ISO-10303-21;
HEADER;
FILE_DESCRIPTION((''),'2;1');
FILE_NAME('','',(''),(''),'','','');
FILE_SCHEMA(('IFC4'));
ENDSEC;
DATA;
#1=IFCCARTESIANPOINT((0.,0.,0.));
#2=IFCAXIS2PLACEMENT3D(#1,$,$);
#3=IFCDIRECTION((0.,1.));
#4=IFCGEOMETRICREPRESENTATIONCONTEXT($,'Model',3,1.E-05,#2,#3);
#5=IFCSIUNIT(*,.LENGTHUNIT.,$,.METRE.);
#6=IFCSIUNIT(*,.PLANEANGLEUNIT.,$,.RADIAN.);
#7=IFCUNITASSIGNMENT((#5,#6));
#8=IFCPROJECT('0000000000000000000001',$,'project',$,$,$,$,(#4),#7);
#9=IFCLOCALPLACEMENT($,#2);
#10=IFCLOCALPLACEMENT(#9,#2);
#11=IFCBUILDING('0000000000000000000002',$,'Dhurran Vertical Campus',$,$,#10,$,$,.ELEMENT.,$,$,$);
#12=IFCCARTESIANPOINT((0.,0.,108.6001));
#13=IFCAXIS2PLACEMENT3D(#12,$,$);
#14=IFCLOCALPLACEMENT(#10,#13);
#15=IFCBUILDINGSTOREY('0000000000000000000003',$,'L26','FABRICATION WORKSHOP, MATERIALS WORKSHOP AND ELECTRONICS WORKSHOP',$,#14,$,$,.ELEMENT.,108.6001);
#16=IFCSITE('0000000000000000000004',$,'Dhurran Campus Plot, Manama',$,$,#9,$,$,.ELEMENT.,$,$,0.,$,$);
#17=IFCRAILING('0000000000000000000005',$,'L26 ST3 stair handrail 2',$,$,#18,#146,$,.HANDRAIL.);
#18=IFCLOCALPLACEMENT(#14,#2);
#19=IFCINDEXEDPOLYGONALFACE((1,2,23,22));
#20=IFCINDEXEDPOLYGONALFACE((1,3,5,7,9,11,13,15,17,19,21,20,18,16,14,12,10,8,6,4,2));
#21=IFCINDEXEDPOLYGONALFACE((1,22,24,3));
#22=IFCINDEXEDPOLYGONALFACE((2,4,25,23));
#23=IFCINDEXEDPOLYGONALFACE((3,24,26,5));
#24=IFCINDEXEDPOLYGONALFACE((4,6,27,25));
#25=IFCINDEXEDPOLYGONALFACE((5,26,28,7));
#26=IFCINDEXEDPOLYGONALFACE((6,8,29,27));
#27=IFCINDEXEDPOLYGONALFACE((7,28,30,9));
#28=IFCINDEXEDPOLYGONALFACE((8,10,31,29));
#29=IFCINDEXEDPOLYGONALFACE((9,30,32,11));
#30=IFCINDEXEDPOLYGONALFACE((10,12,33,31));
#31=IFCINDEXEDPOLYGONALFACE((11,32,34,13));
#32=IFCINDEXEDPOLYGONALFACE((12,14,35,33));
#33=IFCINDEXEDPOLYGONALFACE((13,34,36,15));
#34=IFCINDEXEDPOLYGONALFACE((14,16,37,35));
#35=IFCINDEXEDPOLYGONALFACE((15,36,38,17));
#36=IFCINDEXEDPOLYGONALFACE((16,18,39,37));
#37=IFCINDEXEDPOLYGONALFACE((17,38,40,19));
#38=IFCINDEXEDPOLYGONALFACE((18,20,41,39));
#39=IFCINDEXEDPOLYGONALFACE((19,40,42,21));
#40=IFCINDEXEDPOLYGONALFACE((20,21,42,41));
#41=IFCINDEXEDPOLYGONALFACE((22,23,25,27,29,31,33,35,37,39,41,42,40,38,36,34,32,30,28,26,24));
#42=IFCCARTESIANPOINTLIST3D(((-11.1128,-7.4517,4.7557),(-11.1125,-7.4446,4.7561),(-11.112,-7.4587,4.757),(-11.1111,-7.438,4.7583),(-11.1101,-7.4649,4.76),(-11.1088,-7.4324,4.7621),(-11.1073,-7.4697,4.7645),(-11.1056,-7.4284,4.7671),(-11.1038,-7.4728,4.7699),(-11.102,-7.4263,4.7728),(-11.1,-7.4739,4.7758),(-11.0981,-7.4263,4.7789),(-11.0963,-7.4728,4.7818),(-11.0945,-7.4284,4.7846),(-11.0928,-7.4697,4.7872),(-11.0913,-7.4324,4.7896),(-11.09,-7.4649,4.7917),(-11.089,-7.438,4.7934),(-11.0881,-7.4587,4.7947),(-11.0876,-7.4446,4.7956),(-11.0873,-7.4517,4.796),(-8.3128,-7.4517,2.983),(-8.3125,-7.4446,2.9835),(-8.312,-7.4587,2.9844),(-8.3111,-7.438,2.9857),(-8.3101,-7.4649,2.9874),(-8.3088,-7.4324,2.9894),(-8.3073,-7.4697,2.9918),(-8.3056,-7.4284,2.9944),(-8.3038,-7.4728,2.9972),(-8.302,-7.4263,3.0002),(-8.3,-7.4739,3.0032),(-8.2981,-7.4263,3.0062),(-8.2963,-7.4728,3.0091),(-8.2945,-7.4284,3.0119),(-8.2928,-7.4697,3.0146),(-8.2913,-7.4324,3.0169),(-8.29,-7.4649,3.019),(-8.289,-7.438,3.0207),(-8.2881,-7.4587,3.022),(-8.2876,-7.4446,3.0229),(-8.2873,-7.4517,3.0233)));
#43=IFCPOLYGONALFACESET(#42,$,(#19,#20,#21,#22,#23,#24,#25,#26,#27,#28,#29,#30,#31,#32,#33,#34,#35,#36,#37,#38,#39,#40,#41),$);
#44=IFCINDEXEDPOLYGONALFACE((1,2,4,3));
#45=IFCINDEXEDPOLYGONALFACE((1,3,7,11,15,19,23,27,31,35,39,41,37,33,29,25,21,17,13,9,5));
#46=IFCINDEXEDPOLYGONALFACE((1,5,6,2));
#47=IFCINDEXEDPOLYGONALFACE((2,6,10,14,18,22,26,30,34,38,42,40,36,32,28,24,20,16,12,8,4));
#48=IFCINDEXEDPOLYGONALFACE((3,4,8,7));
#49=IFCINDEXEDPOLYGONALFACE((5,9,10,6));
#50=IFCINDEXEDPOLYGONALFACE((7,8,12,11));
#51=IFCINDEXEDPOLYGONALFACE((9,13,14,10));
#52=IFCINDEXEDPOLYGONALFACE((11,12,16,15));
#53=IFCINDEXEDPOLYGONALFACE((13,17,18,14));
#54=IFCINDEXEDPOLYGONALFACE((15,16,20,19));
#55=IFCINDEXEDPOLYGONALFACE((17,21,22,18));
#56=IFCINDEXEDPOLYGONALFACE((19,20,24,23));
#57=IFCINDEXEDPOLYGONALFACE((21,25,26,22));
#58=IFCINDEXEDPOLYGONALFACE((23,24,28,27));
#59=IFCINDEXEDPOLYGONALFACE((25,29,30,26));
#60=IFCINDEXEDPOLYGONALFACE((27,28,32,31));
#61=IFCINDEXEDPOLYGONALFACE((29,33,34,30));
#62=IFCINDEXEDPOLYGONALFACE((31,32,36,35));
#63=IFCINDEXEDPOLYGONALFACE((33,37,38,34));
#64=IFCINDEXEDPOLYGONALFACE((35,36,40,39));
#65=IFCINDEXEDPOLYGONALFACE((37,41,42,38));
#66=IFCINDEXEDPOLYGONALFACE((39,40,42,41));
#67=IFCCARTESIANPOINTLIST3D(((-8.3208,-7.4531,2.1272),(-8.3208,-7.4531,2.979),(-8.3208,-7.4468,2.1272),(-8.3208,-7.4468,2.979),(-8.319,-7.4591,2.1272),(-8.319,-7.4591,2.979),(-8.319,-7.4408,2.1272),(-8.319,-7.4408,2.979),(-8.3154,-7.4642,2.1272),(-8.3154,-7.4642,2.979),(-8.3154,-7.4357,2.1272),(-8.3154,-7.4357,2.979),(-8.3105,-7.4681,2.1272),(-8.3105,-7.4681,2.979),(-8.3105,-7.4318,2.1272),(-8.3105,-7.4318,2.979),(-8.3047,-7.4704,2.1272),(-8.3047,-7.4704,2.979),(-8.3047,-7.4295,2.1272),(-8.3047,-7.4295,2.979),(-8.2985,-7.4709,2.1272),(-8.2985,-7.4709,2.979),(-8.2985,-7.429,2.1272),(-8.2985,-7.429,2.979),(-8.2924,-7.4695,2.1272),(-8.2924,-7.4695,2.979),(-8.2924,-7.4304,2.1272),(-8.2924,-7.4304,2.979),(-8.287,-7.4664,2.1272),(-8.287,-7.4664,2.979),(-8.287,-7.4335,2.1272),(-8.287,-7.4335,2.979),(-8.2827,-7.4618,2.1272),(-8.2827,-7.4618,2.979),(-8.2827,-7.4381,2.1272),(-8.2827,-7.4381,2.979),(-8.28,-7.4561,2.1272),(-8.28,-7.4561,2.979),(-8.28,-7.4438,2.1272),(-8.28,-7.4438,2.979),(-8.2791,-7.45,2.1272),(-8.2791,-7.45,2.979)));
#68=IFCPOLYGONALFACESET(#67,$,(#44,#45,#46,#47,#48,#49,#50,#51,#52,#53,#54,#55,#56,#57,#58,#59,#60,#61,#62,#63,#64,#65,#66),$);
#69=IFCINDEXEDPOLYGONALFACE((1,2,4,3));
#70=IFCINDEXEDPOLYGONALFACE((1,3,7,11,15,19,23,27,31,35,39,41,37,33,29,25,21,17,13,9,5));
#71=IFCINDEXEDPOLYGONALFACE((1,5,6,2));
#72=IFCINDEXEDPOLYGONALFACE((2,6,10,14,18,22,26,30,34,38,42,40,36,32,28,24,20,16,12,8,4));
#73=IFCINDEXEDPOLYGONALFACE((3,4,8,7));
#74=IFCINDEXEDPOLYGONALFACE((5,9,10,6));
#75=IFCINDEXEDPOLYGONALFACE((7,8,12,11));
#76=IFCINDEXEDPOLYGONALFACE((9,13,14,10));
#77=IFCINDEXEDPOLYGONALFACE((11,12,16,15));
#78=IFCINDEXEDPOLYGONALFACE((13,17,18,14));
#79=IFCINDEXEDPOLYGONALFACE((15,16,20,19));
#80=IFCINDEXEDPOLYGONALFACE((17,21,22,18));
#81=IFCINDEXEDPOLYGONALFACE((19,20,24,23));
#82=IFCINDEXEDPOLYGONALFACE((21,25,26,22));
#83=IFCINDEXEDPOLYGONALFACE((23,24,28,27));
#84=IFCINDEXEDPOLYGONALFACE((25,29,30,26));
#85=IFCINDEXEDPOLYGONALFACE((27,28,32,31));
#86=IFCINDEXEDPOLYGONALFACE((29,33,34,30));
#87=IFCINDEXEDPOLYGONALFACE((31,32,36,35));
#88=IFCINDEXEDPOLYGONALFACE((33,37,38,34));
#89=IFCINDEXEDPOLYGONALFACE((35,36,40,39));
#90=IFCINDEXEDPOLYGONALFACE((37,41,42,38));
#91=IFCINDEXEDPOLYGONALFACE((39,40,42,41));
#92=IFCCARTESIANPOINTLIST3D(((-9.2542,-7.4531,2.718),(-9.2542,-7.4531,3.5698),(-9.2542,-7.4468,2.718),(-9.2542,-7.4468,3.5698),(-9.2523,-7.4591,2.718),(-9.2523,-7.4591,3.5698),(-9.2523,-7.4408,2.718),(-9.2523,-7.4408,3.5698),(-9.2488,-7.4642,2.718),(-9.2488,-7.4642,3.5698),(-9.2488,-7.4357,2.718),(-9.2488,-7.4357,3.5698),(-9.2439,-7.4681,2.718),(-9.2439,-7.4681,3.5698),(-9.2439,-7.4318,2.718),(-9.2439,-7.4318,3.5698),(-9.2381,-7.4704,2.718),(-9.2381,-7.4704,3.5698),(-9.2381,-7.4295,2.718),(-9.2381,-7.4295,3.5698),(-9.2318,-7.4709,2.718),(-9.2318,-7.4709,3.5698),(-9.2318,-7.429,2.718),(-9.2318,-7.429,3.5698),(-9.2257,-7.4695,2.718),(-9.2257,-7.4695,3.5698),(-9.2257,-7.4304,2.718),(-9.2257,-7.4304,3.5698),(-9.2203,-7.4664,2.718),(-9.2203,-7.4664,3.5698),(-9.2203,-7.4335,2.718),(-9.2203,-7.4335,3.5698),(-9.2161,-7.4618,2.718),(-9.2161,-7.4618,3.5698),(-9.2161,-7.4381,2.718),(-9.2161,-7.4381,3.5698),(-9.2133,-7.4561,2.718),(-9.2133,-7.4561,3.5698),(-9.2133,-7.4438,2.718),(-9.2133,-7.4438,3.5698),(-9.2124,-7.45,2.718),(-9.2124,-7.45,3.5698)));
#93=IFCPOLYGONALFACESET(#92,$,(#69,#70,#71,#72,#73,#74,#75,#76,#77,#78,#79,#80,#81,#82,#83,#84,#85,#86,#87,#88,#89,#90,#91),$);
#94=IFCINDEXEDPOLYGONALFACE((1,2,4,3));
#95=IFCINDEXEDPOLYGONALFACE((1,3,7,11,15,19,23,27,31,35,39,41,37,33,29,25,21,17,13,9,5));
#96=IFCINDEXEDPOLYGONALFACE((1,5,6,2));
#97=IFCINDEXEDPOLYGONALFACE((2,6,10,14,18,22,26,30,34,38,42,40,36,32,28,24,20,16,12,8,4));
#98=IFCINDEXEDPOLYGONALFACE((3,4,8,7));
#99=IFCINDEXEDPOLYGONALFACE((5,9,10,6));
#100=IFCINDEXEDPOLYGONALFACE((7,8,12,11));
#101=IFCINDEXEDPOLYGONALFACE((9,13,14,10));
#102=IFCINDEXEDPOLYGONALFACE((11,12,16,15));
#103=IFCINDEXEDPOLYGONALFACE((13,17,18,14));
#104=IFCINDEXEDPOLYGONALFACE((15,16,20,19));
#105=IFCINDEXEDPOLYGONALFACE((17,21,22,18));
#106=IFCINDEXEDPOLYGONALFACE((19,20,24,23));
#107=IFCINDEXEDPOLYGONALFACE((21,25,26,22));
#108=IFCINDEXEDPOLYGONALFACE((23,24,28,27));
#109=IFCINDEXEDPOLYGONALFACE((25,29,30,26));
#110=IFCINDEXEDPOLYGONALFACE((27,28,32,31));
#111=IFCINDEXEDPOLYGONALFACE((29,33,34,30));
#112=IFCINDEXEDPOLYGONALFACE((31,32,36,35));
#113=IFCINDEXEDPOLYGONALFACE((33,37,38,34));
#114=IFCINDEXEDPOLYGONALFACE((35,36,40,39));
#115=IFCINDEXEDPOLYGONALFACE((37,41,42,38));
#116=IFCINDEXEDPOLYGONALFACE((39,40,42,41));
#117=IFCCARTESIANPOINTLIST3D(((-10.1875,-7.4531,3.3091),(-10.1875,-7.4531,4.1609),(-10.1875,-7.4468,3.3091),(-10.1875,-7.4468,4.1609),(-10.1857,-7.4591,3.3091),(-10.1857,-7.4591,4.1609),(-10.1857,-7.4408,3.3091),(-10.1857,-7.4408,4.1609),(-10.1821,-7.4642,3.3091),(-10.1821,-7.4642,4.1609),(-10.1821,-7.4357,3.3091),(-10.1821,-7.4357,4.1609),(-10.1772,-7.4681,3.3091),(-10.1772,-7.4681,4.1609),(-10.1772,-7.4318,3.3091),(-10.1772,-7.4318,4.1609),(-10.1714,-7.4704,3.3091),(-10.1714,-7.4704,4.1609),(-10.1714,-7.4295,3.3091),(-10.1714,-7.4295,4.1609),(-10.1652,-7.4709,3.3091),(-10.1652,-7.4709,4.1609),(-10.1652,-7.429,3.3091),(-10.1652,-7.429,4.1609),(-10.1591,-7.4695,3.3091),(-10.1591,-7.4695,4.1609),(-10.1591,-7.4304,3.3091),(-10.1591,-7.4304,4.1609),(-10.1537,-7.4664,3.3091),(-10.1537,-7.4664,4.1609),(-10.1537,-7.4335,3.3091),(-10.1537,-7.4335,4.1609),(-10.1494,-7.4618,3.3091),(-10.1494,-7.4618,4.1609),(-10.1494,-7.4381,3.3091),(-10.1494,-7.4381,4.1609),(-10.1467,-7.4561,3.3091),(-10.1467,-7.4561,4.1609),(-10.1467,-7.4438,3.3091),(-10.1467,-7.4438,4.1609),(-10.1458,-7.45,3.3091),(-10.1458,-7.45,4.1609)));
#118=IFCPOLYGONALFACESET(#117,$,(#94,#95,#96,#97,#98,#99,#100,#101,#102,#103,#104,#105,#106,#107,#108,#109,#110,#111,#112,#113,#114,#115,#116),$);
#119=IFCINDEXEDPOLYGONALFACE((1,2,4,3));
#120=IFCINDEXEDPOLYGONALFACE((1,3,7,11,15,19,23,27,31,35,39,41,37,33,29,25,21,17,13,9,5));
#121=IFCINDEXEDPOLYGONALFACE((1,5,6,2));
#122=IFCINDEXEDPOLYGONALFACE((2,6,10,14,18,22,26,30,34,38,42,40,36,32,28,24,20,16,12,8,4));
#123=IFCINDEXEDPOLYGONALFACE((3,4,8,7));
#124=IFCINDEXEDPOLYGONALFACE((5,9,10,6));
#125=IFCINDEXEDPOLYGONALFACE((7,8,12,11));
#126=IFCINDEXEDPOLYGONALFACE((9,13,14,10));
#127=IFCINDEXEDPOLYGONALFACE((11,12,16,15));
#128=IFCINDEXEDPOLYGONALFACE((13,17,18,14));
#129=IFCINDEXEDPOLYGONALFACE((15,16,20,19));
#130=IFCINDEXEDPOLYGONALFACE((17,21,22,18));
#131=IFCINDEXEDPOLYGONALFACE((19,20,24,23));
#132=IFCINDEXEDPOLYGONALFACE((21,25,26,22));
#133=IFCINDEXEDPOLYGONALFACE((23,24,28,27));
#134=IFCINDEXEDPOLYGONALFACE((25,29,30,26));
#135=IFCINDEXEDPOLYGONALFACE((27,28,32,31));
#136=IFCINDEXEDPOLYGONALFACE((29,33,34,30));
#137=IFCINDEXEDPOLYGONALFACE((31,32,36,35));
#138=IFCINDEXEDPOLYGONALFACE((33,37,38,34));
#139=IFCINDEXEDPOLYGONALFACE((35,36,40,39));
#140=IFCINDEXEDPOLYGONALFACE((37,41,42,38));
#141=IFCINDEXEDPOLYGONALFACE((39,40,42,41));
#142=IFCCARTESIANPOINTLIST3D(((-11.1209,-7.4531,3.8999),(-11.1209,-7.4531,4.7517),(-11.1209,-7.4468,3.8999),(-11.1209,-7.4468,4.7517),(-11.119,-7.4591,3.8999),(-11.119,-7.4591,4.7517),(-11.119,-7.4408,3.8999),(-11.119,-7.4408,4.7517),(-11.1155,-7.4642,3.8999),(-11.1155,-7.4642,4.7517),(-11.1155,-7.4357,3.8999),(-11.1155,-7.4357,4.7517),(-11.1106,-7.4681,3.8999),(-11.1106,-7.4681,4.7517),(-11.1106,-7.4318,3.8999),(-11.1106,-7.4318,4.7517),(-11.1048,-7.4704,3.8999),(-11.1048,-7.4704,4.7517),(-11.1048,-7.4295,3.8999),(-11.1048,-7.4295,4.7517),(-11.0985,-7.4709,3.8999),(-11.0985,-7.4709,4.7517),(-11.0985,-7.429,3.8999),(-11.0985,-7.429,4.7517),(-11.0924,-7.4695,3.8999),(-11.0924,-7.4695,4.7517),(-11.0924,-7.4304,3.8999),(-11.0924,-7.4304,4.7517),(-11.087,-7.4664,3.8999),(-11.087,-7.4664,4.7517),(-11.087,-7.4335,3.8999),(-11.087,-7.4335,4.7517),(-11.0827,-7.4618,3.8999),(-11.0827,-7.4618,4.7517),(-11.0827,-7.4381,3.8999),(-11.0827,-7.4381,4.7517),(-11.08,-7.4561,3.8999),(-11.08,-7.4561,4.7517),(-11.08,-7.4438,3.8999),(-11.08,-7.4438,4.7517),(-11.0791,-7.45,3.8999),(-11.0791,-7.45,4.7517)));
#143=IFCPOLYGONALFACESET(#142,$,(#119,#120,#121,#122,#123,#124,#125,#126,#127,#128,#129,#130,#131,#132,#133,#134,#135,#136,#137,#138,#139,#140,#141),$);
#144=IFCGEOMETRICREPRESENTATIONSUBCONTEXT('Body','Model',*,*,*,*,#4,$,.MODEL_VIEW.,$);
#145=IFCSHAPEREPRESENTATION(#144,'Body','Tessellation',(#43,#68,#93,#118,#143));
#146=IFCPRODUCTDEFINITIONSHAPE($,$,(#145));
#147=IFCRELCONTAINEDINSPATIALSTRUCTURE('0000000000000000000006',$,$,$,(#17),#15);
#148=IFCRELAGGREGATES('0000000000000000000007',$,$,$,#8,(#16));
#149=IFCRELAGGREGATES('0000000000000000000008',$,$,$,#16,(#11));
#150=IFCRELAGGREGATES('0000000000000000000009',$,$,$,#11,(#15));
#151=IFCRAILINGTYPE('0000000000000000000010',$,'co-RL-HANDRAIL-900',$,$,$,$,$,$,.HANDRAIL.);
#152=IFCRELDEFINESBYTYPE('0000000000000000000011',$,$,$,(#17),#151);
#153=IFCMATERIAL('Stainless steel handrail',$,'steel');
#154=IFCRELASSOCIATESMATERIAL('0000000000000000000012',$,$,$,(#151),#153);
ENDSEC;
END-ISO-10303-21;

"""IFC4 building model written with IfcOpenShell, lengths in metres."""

from ifc_helpers import new_model, si_unit, direction, frame, origin, origin_2d, place, context, subcontext, project, spatial, circle, extrude, material, type_object, element, save


model = new_model("IFC4")

# Units and contexts
model_context = context("Model", 3, precision=1e-05, world=origin(), true_north=direction((0.0, 1.0)))
body_context = subcontext(model_context, "Body", "Model", "MODEL_VIEW")
ifc_project = project(units=[si_unit("LENGTHUNIT", "METRE"), si_unit("PLANEANGLEUNIT", "RADIAN")], contexts=[model_context])

# Site, building, storey
site_placement = place(None, origin())
site = spatial("IfcSite", under=ifc_project, at=site_placement, Name="Dhurran Campus Plot, Manama", CompositionType="ELEMENT", RefElevation=0.0)
building_placement = place(site_placement, origin())
building = spatial("IfcBuilding", under=site, at=building_placement, Name="Dhurran Vertical Campus", CompositionType="ELEMENT")
storey_placement = place(building_placement, frame((0.0, 0.0, 108.6001)))
storey = spatial("IfcBuildingStorey", under=building, at=storey_placement, Name="L26", Description="FABRICATION WORKSHOP, MATERIALS WORKSHOP AND ELECTRONICS WORKSHOP", CompositionType="ELEMENT", Elevation=108.6001)

# Railing
ifc_material_1 = material(Name="Stainless steel handrail", Category="steel")
railing_type_1 = type_object("IfcRailingType", Name="co-RL-HANDRAIL-900", PredefinedType="HANDRAIL", material=ifc_material_1)
railing_1_placement = place(storey_placement, frame((-8.3, -7.45, 2.1272)))
element("IfcRailing", 1, at=railing_1_placement, inside=storey, type_object=railing_type_1, Name="L26 ST3 stair handrail 2", PredefinedType="HANDRAIL", context=body_context, shape_type="SweptSolid", body=[
    extrude(circle(Radius=0.0239, at=origin_2d()), frame((0.0, 0.0, 0.876), z_axis=(-0.844909, 0.0, 0.53491), x_axis=(0.0, -1.0, 0.0)), (0.0, 0.0, 1.0), 3.314),
    extrude(circle(Radius=0.021, at=origin_2d()), origin(), (0.0, 0.0, 1.0), 0.8518),
    extrude(circle(Radius=0.021, at=origin_2d()), frame((-0.9333, 0.0, 0.5908)), (0.0, 0.0, 1.0), 0.8518),
    extrude(circle(Radius=0.021, at=origin_2d()), frame((-1.8667, 0.0, 1.1819)), (0.0, 0.0, 1.0), 0.8518),
    extrude(circle(Radius=0.021, at=origin_2d()), frame((-2.8, 0.0, 1.7727)), (0.0, 0.0, 1.0), 0.8518),
])

save(model, "model.ifc")
